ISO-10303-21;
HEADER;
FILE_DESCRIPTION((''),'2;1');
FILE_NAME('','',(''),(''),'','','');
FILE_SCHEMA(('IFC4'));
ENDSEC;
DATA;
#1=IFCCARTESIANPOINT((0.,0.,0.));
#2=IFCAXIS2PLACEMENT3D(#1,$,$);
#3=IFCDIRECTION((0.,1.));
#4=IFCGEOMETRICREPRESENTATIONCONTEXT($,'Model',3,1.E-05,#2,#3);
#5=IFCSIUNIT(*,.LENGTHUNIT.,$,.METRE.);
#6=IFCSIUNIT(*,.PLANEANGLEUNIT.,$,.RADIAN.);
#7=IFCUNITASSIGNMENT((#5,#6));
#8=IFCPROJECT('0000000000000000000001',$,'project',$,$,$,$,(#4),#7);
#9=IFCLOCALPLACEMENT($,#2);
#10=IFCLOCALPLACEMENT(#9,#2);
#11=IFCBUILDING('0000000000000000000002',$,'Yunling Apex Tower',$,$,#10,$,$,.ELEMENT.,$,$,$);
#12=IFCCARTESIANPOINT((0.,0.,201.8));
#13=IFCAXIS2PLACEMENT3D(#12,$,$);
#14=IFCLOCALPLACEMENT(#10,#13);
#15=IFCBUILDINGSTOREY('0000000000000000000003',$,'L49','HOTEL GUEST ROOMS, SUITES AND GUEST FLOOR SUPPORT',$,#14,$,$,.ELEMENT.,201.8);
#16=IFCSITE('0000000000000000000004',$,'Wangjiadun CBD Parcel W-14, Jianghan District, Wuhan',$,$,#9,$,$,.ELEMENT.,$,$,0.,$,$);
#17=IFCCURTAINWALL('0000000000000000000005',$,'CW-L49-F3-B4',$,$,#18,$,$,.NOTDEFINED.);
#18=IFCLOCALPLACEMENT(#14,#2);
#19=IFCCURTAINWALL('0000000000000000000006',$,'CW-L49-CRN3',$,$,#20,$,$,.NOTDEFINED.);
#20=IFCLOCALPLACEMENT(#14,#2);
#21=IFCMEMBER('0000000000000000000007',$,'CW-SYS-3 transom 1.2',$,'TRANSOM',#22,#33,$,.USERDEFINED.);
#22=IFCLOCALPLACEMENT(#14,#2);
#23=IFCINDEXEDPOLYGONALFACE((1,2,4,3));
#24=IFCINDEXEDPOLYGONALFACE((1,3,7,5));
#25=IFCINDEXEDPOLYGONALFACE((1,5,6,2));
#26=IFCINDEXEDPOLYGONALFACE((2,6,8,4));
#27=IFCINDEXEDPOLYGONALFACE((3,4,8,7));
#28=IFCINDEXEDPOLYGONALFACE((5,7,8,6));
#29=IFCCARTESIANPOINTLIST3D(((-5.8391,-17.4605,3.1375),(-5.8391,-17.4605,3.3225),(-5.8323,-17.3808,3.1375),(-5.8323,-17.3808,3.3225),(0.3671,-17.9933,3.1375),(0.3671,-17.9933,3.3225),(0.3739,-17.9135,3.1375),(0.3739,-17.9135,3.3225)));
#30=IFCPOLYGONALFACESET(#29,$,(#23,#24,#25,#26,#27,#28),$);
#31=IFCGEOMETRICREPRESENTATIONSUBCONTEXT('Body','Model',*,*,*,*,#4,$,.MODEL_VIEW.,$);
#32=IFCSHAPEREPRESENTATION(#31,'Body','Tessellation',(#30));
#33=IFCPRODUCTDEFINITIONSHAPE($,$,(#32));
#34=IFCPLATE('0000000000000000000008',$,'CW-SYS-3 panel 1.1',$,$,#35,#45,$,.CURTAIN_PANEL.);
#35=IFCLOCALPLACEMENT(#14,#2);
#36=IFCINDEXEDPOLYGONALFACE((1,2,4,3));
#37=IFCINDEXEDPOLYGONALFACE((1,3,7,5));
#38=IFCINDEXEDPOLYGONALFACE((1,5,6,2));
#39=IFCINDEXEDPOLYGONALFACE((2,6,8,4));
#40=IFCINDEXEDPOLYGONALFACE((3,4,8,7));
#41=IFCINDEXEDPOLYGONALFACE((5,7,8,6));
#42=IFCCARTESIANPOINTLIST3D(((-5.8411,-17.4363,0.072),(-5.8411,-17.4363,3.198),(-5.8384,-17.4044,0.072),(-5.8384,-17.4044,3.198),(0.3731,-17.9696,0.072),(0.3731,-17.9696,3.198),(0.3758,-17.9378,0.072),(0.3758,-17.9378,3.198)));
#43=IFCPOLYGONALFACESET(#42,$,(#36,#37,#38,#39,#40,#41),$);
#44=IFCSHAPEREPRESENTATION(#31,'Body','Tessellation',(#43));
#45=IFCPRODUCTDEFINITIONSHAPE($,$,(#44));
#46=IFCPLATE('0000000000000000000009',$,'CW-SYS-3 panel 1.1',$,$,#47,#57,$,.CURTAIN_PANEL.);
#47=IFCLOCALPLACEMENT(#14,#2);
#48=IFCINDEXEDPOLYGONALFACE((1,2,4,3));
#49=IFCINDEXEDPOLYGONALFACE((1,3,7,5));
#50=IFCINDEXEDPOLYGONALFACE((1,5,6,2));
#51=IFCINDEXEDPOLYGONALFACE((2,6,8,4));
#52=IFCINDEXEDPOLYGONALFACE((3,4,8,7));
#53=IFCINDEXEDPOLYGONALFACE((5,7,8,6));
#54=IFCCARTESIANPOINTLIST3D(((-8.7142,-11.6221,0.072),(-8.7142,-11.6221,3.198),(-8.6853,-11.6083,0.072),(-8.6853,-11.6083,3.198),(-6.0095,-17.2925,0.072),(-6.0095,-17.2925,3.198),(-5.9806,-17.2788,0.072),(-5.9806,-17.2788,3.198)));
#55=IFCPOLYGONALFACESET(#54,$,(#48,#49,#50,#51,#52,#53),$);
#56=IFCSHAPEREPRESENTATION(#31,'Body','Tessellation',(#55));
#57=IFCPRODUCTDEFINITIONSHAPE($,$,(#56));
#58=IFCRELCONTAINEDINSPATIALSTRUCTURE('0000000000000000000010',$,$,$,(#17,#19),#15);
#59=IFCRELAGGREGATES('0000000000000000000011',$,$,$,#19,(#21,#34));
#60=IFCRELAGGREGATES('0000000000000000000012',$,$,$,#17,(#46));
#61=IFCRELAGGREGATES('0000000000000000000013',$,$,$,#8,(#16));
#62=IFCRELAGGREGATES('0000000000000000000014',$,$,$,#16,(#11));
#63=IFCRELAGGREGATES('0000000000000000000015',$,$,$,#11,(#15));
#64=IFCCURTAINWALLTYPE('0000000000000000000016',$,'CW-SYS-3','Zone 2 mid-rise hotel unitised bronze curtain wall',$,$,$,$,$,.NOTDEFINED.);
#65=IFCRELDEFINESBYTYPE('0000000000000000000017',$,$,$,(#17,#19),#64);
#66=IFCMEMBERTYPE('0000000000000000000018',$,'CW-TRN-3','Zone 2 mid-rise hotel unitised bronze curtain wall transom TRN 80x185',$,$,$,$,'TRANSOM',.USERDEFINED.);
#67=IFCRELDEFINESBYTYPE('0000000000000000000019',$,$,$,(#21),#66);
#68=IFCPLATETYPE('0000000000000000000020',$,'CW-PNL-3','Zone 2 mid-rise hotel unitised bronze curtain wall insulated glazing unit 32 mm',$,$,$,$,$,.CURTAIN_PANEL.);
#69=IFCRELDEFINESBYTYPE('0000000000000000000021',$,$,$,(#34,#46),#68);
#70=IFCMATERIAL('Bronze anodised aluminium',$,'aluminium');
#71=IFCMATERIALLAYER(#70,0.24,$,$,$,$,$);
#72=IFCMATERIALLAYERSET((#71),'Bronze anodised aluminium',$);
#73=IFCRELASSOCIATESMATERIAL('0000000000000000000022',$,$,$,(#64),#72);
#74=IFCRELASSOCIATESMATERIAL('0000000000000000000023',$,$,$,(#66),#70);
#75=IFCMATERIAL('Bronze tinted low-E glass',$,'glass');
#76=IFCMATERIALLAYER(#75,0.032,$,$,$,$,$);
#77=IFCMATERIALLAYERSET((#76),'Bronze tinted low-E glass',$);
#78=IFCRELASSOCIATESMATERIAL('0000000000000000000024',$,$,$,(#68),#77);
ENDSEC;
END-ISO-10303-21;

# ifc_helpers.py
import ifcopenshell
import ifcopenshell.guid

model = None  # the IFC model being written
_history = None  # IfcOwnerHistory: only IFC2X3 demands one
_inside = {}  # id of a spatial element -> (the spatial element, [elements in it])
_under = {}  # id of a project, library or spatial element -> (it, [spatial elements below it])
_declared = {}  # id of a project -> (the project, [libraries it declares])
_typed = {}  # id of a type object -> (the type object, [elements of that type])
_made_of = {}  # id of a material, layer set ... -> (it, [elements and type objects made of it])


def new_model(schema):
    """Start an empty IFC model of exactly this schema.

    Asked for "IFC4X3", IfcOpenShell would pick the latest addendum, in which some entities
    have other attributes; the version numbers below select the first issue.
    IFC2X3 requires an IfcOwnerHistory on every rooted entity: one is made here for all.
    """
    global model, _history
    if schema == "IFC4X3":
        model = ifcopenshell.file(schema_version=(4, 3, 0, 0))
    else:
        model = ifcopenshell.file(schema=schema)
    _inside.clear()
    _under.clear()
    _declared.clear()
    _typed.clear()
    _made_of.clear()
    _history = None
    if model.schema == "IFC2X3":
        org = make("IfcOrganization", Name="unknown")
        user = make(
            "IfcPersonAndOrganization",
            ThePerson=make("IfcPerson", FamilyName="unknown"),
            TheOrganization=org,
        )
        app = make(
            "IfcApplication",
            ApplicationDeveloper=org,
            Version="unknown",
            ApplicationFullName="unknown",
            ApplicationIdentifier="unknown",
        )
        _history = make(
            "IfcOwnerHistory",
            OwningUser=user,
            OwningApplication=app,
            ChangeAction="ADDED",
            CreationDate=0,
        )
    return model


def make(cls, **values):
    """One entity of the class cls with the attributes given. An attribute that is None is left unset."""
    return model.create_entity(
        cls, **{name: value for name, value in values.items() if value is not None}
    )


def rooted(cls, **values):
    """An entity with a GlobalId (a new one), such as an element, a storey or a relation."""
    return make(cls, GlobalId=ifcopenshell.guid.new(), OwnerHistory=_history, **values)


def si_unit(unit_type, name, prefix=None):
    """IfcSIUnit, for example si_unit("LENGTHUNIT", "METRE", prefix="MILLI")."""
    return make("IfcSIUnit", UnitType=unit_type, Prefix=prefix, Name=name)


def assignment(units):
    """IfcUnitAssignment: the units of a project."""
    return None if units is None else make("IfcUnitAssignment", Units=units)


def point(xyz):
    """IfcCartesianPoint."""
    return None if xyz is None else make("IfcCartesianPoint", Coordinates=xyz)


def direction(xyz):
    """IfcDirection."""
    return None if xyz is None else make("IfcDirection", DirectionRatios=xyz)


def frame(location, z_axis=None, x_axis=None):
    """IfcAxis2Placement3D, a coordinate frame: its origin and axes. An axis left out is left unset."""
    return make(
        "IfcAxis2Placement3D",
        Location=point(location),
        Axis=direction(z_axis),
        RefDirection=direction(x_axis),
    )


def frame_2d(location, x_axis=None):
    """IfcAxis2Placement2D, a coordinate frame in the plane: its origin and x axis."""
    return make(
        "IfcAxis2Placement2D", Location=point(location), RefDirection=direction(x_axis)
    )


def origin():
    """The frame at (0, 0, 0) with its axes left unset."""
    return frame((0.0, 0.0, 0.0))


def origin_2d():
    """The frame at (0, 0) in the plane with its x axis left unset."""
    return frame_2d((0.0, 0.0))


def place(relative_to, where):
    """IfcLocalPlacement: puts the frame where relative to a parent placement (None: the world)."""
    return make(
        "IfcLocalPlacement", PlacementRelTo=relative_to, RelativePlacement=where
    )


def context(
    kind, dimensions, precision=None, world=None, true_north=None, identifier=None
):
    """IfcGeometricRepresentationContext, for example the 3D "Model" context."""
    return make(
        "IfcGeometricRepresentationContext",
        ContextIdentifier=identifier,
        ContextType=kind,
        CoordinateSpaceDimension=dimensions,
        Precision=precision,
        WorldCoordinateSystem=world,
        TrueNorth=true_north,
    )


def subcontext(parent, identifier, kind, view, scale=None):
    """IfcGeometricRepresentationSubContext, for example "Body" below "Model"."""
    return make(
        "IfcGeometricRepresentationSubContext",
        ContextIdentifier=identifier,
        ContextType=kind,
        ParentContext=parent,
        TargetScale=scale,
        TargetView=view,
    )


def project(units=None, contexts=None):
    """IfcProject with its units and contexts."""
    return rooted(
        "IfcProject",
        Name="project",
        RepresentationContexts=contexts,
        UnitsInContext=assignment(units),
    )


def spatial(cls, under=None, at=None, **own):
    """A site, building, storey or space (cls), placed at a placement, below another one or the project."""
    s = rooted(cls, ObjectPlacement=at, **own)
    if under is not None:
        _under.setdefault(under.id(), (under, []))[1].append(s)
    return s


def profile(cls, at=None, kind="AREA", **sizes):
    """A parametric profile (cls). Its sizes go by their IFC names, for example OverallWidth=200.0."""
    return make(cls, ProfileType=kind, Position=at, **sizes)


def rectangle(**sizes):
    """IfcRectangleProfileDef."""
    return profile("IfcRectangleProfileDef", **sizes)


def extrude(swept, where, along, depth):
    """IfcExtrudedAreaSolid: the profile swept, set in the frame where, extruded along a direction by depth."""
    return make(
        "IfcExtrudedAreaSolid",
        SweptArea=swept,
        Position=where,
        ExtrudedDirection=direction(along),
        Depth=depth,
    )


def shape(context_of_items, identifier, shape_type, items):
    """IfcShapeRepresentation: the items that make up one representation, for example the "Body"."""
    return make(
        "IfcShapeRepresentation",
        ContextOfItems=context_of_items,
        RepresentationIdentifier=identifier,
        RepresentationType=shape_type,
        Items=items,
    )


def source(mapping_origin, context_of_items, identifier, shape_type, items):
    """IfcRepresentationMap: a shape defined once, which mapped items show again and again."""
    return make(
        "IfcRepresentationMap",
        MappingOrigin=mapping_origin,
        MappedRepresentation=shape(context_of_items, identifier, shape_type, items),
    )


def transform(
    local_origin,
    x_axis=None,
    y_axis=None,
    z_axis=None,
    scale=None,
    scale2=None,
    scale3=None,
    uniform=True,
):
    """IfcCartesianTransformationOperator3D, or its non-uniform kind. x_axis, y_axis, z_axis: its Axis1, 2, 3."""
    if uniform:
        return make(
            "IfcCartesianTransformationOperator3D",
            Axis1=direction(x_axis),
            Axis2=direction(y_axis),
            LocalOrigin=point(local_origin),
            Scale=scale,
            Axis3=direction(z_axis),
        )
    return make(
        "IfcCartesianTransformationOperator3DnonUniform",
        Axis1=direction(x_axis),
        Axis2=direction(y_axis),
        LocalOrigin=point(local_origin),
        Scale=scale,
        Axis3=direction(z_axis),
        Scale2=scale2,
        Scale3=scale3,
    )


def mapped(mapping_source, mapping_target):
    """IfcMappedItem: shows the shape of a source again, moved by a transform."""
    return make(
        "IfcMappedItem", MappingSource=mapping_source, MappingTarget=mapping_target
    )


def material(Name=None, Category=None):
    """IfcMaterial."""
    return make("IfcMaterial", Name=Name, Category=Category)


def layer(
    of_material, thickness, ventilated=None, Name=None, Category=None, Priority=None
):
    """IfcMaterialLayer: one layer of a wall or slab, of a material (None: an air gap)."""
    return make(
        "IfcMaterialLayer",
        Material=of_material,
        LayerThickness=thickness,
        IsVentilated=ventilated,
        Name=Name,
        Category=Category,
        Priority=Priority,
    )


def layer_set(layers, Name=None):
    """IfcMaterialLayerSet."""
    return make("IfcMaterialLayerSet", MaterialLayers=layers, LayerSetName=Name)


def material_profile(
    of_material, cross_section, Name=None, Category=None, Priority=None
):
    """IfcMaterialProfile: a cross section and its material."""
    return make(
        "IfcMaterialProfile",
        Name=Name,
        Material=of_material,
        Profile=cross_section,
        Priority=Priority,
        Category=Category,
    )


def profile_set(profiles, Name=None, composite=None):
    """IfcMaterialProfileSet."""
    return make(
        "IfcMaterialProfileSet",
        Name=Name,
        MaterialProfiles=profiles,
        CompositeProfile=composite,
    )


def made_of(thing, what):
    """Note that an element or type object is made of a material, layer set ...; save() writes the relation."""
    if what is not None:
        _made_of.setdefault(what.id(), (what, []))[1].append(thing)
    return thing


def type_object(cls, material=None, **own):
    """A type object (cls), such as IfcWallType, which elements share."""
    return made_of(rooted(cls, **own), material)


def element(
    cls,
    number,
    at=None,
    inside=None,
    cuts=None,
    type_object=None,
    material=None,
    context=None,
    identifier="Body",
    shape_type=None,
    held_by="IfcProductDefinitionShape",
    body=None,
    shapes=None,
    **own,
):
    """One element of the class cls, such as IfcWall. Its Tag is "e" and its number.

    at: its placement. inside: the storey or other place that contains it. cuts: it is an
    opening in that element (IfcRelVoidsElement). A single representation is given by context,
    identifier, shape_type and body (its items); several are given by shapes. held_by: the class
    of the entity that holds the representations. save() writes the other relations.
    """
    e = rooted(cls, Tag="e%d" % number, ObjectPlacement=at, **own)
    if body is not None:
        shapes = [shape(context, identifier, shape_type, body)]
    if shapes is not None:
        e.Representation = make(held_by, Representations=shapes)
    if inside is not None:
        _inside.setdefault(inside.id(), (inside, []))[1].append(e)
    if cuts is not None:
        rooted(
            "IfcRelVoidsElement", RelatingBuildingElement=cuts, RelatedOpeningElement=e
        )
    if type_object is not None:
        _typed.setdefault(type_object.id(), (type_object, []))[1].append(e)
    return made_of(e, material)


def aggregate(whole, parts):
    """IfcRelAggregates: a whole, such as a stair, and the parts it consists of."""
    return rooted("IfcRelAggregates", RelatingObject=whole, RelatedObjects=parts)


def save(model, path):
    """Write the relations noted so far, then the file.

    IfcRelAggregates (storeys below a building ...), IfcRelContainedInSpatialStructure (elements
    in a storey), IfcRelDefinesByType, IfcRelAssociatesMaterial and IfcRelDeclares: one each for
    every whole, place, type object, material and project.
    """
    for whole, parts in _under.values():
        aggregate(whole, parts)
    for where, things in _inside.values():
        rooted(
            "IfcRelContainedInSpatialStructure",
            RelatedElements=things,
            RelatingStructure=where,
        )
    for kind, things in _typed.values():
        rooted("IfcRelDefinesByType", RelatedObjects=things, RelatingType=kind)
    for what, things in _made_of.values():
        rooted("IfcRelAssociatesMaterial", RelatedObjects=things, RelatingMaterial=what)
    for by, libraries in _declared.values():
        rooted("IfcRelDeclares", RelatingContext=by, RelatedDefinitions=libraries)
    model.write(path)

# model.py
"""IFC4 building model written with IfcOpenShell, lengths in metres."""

from ifc_helpers import new_model, si_unit, direction, frame, origin, origin_2d, place, context, subcontext, project, spatial, rectangle, extrude, source, transform, mapped, material, layer, layer_set, material_profile, profile_set, type_object, element, aggregate, save


model = new_model("IFC4")

# Units and contexts
model_context = context("Model", 3, precision=1e-05, world=origin(), true_north=direction((0.0, 1.0)))
body_context = subcontext(model_context, "Body", "Model", "MODEL_VIEW")
ifc_project = project(units=[si_unit("LENGTHUNIT", "METRE"), si_unit("PLANEANGLEUNIT", "RADIAN")], contexts=[model_context])

# Site, building, storey
site_placement = place(None, origin())
site = spatial("IfcSite", under=ifc_project, at=site_placement, Name="Wangjiadun CBD Parcel W-14, Jianghan District, Wuhan", CompositionType="ELEMENT", RefElevation=0.0)
building_placement = place(site_placement, origin())
building = spatial("IfcBuilding", under=site, at=building_placement, Name="Yunling Apex Tower", CompositionType="ELEMENT")
storey_placement = place(building_placement, frame((0.0, 0.0, 201.8)))
storey = spatial("IfcBuildingStorey", under=building, at=storey_placement, Name="L49", Description="HOTEL GUEST ROOMS, SUITES AND GUEST FLOOR SUPPORT", CompositionType="ELEMENT", Elevation=201.8)

# Curtain wall
ifc_material_1 = material(Name="Bronze anodised aluminium", Category="aluminium")
ifc_layer_1 = layer(ifc_material_1, 0.24)
ifc_layer_set_1 = layer_set([ifc_layer_1], Name="Bronze anodised aluminium")
curtain_wall_type = type_object("IfcCurtainWallType", Name="CW-SYS-3", Description="Zone 2 mid-rise hotel unitised bronze curtain wall", PredefinedType="NOTDEFINED", material=ifc_layer_set_1)
curtain_wall_1_placement = place(storey_placement, origin())
curtain_wall_1 = element("IfcCurtainWall", 1, at=curtain_wall_1_placement, inside=storey, type_object=curtain_wall_type, Name="CW-L49-F3-B4", PredefinedType="NOTDEFINED")

# Curtain wall
curtain_wall_2_placement = place(storey_placement, origin())
curtain_wall_2 = element("IfcCurtainWall", 2, at=curtain_wall_2_placement, inside=storey, type_object=curtain_wall_type, Name="CW-L49-CRN3", PredefinedType="NOTDEFINED")

# Member
ifc_material_profile_1 = material_profile(ifc_material_1, rectangle(XDim=0.0801, YDim=0.1851, at=origin_2d()))
ifc_profile_set_1 = profile_set([ifc_material_profile_1], Name="Bronze anodised aluminium")
member_type_1 = type_object("IfcMemberType", Name="CW-TRN-3", Description="Zone 2 mid-rise hotel unitised bronze curtain wall transom TRN 80x185", ElementType="TRANSOM", PredefinedType="USERDEFINED", material=ifc_profile_set_1)
shared_shape_1 = source(origin(), body_context, "Body", "SweptSolid", [
    extrude(rectangle(XDim=0.0801, YDim=0.1851, at=origin_2d()), origin(), (0.0, 0.0, 1.0), 6.229),
])
member_1_placement = place(storey_placement, frame((-5.8357, -17.4207, 3.23), z_axis=(0.996336, -0.08552, 0.0), x_axis=(0.08552, 0.996336, 0.0)))
member_1 = element("IfcMember", 3, at=member_1_placement, type_object=member_type_1, Name="CW-SYS-3 transom 1.2", ObjectType="TRANSOM", PredefinedType="USERDEFINED", context=body_context, shape_type="MappedRepresentation", body=[
    mapped(shared_shape_1, transform((0.0, 0.0, 0.0), scale=1.0)),
])

# Plates
ifc_material_2 = material(Name="Bronze tinted low-E glass", Category="glass")
ifc_layer_2 = layer(ifc_material_2, 0.032)
ifc_layer_set_2 = layer_set([ifc_layer_2], Name="Bronze tinted low-E glass")
plate_type = type_object("IfcPlateType", Name="CW-PNL-3", Description="Zone 2 mid-rise hotel unitised bronze curtain wall insulated glazing unit 32 mm", PredefinedType="CURTAIN_PANEL", material=ifc_layer_set_2)
shared_shape_2 = source(origin(), body_context, "Body", "SweptSolid", [
    extrude(rectangle(XDim=6.2371, YDim=0.032, at=origin_2d()), origin(), (0.0, 0.0, 1.0), 3.126),
])
plate_1_placement = place(storey_placement, frame((-2.7327, -17.687, 0.072), z_axis=(0.0, 0.0, 1.0), x_axis=(0.996337, -0.085517, 0.0)))
plate_1 = element("IfcPlate", 4, at=plate_1_placement, type_object=plate_type, Name="CW-SYS-3 panel 1.1", PredefinedType="CURTAIN_PANEL", context=body_context, shape_type="MappedRepresentation", body=[
    mapped(shared_shape_2, transform((0.0, 0.0, 0.0), scale=1.0)),
])
aggregate(curtain_wall_2, [member_1, plate_1])
shared_shape_3 = source(origin(), body_context, "Body", "SweptSolid", [
    extrude(rectangle(XDim=6.2825, YDim=0.032, at=origin_2d()), origin(), (0.0, 0.0, 1.0), 3.126),
])
plate_2_placement = place(storey_placement, frame((-7.3474, -14.4504, 0.072), z_axis=(0.0, 0.0, 1.0), x_axis=(0.430518, -0.902582, 0.0)))
plate_2 = element("IfcPlate", 5, at=plate_2_placement, type_object=plate_type, Name="CW-SYS-3 panel 1.1", PredefinedType="CURTAIN_PANEL", context=body_context, shape_type="MappedRepresentation", body=[
    mapped(shared_shape_3, transform((0.0, 0.0, 0.0), scale=1.0)),
])
aggregate(curtain_wall_1, [plate_2])

save(model, "model.ifc")
